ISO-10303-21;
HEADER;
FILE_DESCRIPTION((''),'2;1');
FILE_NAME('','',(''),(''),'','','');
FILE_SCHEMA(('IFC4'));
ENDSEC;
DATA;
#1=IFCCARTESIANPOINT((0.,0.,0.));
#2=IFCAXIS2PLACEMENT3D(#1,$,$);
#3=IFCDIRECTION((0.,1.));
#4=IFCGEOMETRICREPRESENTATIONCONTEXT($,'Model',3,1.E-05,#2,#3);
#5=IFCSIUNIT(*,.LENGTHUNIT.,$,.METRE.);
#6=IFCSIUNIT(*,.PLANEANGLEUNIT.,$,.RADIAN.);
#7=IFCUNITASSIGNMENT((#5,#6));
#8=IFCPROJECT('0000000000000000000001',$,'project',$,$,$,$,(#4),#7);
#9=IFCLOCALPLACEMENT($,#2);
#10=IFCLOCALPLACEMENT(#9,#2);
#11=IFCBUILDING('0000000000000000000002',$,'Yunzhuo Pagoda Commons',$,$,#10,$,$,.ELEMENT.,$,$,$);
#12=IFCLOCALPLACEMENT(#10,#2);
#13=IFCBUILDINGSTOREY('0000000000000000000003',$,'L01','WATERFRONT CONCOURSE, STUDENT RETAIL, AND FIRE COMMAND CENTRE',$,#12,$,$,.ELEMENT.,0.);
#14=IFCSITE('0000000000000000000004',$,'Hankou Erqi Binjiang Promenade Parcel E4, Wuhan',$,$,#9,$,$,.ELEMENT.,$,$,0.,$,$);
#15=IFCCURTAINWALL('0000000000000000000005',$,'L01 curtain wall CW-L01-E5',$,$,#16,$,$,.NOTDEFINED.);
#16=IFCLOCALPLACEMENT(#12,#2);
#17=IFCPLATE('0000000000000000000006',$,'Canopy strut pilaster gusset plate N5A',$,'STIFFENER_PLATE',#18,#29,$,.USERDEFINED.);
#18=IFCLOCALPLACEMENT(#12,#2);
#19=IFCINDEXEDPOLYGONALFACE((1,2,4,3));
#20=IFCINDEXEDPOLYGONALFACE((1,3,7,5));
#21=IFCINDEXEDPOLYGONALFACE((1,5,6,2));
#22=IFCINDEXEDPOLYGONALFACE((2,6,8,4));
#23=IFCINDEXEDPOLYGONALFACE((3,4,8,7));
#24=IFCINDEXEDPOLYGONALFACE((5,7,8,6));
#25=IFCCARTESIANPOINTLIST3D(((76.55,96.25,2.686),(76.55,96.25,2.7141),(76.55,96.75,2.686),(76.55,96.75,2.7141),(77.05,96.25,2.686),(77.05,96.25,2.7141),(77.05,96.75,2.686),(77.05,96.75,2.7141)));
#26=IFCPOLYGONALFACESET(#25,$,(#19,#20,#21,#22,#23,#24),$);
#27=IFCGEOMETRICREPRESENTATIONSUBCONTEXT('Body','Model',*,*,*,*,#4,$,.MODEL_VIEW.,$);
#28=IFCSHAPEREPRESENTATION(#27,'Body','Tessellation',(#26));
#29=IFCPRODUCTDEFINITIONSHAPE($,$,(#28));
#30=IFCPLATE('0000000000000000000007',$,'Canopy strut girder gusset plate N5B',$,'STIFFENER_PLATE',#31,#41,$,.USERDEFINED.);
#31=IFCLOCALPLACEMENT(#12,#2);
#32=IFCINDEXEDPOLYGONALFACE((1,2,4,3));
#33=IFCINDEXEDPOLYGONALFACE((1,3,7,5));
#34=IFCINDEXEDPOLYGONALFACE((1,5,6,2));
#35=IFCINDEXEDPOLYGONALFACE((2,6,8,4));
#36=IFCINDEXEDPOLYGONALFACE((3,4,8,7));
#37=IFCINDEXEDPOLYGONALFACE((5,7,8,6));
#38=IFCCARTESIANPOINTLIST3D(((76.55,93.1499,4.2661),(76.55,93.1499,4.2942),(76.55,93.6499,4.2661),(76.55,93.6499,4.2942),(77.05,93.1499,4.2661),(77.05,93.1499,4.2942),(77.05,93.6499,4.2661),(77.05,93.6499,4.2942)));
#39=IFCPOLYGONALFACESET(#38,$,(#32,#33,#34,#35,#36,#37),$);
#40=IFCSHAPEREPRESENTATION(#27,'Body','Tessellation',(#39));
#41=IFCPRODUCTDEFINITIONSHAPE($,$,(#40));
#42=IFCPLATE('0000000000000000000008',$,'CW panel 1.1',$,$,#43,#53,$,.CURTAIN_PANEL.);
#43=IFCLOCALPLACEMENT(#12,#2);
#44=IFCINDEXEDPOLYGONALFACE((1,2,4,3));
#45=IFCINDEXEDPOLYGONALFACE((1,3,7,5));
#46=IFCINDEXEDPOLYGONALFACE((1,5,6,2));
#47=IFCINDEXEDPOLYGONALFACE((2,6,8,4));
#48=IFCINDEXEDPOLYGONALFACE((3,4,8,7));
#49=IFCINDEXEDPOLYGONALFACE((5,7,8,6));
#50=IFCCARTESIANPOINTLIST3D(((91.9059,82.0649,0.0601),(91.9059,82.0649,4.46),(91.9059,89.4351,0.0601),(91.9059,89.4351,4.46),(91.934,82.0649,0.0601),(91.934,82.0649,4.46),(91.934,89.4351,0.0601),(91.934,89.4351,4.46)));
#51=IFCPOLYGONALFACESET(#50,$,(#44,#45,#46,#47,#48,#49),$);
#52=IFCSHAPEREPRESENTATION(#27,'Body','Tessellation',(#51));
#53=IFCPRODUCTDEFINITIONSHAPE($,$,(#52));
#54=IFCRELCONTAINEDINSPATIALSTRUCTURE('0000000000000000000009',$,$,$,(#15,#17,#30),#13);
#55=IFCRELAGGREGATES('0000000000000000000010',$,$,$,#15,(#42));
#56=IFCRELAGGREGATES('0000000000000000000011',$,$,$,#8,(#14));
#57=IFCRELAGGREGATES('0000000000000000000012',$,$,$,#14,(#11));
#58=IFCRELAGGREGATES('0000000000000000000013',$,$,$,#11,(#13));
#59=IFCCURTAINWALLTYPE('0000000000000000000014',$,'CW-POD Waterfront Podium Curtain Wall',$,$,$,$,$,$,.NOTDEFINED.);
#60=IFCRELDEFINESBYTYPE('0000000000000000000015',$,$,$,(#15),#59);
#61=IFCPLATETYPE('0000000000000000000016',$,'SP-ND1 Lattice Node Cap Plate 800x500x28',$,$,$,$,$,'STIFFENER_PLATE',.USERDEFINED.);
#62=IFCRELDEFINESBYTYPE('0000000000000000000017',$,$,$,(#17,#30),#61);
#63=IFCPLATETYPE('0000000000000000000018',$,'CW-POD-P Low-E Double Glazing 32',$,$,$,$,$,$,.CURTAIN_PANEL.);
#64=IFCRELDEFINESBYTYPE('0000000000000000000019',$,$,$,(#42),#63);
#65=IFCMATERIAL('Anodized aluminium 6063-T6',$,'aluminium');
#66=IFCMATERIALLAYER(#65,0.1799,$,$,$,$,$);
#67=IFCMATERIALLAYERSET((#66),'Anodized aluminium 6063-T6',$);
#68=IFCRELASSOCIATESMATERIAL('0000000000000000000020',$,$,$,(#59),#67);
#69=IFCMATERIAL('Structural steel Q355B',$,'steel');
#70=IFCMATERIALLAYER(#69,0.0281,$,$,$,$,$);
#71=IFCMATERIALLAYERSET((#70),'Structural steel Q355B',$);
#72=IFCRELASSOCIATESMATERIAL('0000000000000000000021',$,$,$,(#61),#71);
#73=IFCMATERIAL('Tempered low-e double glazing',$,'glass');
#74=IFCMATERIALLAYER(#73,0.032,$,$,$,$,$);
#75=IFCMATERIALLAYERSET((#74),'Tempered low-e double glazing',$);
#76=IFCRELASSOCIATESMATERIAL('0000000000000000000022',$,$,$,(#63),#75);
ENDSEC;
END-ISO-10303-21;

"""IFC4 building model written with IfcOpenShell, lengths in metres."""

from ifc_helpers import new_model, si_unit, direction, frame, origin, origin_2d, place, context, subcontext, project, spatial, rectangle, extrude, source, transform, mapped, material, layer, layer_set, type_object, element, aggregate, save


model = new_model("IFC4")

# Units and contexts
model_context = context("Model", 3, precision=1e-05, world=origin(), true_north=direction((0.0, 1.0)))
body_context = subcontext(model_context, "Body", "Model", "MODEL_VIEW")
ifc_project = project(units=[si_unit("LENGTHUNIT", "METRE"), si_unit("PLANEANGLEUNIT", "RADIAN")], contexts=[model_context])

# Site, building, storey
site_placement = place(None, origin())
site = spatial("IfcSite", under=ifc_project, at=site_placement, Name="Hankou Erqi Binjiang Promenade Parcel E4, Wuhan", CompositionType="ELEMENT", RefElevation=0.0)
building_placement = place(site_placement, origin())
building = spatial("IfcBuilding", under=site, at=building_placement, Name="Yunzhuo Pagoda Commons", CompositionType="ELEMENT")
storey_placement = place(building_placement, origin())
storey = spatial("IfcBuildingStorey", under=building, at=storey_placement, Name="L01", Description="WATERFRONT CONCOURSE, STUDENT RETAIL, AND FIRE COMMAND CENTRE", CompositionType="ELEMENT", Elevation=0.0)

# Shared definitions
ifc_material_1 = material(Name="Structural steel Q355B", Category="steel")

# Curtain wall
ifc_material_2 = material(Name="Anodized aluminium 6063-T6", Category="aluminium")
ifc_layer_1 = layer(ifc_material_2, 0.1799)
ifc_layer_set_1 = layer_set([ifc_layer_1], Name="Anodized aluminium 6063-T6")
curtain_wall_type = type_object("IfcCurtainWallType", Name="CW-POD Waterfront Podium Curtain Wall", PredefinedType="NOTDEFINED", material=ifc_layer_set_1)
curtain_wall_placement = place(storey_placement, origin())
curtain_wall = element("IfcCurtainWall", 1, at=curtain_wall_placement, inside=storey, type_object=curtain_wall_type, Name="L01 curtain wall CW-L01-E5", PredefinedType="NOTDEFINED")

# Plates
ifc_layer_2 = layer(ifc_material_1, 0.0281)
ifc_layer_set_2 = layer_set([ifc_layer_2], Name="Structural steel Q355B")
plate_type_1 = type_object("IfcPlateType", Name="SP-ND1 Lattice Node Cap Plate 800x500x28", ElementType="STIFFENER_PLATE", PredefinedType="USERDEFINED", material=ifc_layer_set_2)
shared_shape_1 = source(origin(), body_context, "Body", "SweptSolid", [
    extrude(rectangle(XDim=0.5, YDim=0.5, at=origin_2d()), origin(), (0.0, 0.0, 1.0), 0.0281),
])
for number, where, z_axis, x_axis, name in (
    (2, (76.8, 96.5, 2.686), (0.0, 0.0, 1.0), (1.0, 0.0, 0.0), "Canopy strut pilaster gusset plate N5A"),
    (3, (76.8, 93.3999, 4.2661), (0.0, 0.0, 1.0), (1.0, 0.0, 0.0), "Canopy strut girder gusset plate N5B"),
):
    element("IfcPlate", number, at=place(storey_placement, frame(where, z_axis=z_axis, x_axis=x_axis)), inside=storey, type_object=plate_type_1, Name=name, ObjectType="STIFFENER_PLATE", PredefinedType="USERDEFINED", context=body_context, shape_type="MappedRepresentation", body=[
        mapped(shared_shape_1, transform((0.0, 0.0, 0.0), scale=1.0)),
    ])

# Plate
ifc_material_3 = material(Name="Tempered low-e double glazing", Category="glass")
ifc_layer_3 = layer(ifc_material_3, 0.032)
ifc_layer_set_3 = layer_set([ifc_layer_3], Name="Tempered low-e double glazing")
plate_type_2 = type_object("IfcPlateType", Name="CW-POD-P Low-E Double Glazing 32", PredefinedType="CURTAIN_PANEL", material=ifc_layer_set_3)
shared_shape_2 = source(origin(), body_context, "Body", "SweptSolid", [
    extrude(rectangle(XDim=7.3701, YDim=0.0281, at=origin_2d()), origin(), (0.0, 0.0, 1.0), 4.3999),
])
plate_1_placement = place(storey_placement, frame((91.9199, 85.75, 0.0601), z_axis=(0.0, 0.0, 1.0), x_axis=(0.0, 1.0, 0.0)))
plate_1 = element("IfcPlate", 4, at=plate_1_placement, type_object=plate_type_2, Name="CW panel 1.1", PredefinedType="CURTAIN_PANEL", context=body_context, shape_type="MappedRepresentation", body=[
    mapped(shared_shape_2, transform((0.0, 0.0, 0.0), scale=1.0)),
])
aggregate(curtain_wall, [plate_1])

save(model, "model.ifc")
